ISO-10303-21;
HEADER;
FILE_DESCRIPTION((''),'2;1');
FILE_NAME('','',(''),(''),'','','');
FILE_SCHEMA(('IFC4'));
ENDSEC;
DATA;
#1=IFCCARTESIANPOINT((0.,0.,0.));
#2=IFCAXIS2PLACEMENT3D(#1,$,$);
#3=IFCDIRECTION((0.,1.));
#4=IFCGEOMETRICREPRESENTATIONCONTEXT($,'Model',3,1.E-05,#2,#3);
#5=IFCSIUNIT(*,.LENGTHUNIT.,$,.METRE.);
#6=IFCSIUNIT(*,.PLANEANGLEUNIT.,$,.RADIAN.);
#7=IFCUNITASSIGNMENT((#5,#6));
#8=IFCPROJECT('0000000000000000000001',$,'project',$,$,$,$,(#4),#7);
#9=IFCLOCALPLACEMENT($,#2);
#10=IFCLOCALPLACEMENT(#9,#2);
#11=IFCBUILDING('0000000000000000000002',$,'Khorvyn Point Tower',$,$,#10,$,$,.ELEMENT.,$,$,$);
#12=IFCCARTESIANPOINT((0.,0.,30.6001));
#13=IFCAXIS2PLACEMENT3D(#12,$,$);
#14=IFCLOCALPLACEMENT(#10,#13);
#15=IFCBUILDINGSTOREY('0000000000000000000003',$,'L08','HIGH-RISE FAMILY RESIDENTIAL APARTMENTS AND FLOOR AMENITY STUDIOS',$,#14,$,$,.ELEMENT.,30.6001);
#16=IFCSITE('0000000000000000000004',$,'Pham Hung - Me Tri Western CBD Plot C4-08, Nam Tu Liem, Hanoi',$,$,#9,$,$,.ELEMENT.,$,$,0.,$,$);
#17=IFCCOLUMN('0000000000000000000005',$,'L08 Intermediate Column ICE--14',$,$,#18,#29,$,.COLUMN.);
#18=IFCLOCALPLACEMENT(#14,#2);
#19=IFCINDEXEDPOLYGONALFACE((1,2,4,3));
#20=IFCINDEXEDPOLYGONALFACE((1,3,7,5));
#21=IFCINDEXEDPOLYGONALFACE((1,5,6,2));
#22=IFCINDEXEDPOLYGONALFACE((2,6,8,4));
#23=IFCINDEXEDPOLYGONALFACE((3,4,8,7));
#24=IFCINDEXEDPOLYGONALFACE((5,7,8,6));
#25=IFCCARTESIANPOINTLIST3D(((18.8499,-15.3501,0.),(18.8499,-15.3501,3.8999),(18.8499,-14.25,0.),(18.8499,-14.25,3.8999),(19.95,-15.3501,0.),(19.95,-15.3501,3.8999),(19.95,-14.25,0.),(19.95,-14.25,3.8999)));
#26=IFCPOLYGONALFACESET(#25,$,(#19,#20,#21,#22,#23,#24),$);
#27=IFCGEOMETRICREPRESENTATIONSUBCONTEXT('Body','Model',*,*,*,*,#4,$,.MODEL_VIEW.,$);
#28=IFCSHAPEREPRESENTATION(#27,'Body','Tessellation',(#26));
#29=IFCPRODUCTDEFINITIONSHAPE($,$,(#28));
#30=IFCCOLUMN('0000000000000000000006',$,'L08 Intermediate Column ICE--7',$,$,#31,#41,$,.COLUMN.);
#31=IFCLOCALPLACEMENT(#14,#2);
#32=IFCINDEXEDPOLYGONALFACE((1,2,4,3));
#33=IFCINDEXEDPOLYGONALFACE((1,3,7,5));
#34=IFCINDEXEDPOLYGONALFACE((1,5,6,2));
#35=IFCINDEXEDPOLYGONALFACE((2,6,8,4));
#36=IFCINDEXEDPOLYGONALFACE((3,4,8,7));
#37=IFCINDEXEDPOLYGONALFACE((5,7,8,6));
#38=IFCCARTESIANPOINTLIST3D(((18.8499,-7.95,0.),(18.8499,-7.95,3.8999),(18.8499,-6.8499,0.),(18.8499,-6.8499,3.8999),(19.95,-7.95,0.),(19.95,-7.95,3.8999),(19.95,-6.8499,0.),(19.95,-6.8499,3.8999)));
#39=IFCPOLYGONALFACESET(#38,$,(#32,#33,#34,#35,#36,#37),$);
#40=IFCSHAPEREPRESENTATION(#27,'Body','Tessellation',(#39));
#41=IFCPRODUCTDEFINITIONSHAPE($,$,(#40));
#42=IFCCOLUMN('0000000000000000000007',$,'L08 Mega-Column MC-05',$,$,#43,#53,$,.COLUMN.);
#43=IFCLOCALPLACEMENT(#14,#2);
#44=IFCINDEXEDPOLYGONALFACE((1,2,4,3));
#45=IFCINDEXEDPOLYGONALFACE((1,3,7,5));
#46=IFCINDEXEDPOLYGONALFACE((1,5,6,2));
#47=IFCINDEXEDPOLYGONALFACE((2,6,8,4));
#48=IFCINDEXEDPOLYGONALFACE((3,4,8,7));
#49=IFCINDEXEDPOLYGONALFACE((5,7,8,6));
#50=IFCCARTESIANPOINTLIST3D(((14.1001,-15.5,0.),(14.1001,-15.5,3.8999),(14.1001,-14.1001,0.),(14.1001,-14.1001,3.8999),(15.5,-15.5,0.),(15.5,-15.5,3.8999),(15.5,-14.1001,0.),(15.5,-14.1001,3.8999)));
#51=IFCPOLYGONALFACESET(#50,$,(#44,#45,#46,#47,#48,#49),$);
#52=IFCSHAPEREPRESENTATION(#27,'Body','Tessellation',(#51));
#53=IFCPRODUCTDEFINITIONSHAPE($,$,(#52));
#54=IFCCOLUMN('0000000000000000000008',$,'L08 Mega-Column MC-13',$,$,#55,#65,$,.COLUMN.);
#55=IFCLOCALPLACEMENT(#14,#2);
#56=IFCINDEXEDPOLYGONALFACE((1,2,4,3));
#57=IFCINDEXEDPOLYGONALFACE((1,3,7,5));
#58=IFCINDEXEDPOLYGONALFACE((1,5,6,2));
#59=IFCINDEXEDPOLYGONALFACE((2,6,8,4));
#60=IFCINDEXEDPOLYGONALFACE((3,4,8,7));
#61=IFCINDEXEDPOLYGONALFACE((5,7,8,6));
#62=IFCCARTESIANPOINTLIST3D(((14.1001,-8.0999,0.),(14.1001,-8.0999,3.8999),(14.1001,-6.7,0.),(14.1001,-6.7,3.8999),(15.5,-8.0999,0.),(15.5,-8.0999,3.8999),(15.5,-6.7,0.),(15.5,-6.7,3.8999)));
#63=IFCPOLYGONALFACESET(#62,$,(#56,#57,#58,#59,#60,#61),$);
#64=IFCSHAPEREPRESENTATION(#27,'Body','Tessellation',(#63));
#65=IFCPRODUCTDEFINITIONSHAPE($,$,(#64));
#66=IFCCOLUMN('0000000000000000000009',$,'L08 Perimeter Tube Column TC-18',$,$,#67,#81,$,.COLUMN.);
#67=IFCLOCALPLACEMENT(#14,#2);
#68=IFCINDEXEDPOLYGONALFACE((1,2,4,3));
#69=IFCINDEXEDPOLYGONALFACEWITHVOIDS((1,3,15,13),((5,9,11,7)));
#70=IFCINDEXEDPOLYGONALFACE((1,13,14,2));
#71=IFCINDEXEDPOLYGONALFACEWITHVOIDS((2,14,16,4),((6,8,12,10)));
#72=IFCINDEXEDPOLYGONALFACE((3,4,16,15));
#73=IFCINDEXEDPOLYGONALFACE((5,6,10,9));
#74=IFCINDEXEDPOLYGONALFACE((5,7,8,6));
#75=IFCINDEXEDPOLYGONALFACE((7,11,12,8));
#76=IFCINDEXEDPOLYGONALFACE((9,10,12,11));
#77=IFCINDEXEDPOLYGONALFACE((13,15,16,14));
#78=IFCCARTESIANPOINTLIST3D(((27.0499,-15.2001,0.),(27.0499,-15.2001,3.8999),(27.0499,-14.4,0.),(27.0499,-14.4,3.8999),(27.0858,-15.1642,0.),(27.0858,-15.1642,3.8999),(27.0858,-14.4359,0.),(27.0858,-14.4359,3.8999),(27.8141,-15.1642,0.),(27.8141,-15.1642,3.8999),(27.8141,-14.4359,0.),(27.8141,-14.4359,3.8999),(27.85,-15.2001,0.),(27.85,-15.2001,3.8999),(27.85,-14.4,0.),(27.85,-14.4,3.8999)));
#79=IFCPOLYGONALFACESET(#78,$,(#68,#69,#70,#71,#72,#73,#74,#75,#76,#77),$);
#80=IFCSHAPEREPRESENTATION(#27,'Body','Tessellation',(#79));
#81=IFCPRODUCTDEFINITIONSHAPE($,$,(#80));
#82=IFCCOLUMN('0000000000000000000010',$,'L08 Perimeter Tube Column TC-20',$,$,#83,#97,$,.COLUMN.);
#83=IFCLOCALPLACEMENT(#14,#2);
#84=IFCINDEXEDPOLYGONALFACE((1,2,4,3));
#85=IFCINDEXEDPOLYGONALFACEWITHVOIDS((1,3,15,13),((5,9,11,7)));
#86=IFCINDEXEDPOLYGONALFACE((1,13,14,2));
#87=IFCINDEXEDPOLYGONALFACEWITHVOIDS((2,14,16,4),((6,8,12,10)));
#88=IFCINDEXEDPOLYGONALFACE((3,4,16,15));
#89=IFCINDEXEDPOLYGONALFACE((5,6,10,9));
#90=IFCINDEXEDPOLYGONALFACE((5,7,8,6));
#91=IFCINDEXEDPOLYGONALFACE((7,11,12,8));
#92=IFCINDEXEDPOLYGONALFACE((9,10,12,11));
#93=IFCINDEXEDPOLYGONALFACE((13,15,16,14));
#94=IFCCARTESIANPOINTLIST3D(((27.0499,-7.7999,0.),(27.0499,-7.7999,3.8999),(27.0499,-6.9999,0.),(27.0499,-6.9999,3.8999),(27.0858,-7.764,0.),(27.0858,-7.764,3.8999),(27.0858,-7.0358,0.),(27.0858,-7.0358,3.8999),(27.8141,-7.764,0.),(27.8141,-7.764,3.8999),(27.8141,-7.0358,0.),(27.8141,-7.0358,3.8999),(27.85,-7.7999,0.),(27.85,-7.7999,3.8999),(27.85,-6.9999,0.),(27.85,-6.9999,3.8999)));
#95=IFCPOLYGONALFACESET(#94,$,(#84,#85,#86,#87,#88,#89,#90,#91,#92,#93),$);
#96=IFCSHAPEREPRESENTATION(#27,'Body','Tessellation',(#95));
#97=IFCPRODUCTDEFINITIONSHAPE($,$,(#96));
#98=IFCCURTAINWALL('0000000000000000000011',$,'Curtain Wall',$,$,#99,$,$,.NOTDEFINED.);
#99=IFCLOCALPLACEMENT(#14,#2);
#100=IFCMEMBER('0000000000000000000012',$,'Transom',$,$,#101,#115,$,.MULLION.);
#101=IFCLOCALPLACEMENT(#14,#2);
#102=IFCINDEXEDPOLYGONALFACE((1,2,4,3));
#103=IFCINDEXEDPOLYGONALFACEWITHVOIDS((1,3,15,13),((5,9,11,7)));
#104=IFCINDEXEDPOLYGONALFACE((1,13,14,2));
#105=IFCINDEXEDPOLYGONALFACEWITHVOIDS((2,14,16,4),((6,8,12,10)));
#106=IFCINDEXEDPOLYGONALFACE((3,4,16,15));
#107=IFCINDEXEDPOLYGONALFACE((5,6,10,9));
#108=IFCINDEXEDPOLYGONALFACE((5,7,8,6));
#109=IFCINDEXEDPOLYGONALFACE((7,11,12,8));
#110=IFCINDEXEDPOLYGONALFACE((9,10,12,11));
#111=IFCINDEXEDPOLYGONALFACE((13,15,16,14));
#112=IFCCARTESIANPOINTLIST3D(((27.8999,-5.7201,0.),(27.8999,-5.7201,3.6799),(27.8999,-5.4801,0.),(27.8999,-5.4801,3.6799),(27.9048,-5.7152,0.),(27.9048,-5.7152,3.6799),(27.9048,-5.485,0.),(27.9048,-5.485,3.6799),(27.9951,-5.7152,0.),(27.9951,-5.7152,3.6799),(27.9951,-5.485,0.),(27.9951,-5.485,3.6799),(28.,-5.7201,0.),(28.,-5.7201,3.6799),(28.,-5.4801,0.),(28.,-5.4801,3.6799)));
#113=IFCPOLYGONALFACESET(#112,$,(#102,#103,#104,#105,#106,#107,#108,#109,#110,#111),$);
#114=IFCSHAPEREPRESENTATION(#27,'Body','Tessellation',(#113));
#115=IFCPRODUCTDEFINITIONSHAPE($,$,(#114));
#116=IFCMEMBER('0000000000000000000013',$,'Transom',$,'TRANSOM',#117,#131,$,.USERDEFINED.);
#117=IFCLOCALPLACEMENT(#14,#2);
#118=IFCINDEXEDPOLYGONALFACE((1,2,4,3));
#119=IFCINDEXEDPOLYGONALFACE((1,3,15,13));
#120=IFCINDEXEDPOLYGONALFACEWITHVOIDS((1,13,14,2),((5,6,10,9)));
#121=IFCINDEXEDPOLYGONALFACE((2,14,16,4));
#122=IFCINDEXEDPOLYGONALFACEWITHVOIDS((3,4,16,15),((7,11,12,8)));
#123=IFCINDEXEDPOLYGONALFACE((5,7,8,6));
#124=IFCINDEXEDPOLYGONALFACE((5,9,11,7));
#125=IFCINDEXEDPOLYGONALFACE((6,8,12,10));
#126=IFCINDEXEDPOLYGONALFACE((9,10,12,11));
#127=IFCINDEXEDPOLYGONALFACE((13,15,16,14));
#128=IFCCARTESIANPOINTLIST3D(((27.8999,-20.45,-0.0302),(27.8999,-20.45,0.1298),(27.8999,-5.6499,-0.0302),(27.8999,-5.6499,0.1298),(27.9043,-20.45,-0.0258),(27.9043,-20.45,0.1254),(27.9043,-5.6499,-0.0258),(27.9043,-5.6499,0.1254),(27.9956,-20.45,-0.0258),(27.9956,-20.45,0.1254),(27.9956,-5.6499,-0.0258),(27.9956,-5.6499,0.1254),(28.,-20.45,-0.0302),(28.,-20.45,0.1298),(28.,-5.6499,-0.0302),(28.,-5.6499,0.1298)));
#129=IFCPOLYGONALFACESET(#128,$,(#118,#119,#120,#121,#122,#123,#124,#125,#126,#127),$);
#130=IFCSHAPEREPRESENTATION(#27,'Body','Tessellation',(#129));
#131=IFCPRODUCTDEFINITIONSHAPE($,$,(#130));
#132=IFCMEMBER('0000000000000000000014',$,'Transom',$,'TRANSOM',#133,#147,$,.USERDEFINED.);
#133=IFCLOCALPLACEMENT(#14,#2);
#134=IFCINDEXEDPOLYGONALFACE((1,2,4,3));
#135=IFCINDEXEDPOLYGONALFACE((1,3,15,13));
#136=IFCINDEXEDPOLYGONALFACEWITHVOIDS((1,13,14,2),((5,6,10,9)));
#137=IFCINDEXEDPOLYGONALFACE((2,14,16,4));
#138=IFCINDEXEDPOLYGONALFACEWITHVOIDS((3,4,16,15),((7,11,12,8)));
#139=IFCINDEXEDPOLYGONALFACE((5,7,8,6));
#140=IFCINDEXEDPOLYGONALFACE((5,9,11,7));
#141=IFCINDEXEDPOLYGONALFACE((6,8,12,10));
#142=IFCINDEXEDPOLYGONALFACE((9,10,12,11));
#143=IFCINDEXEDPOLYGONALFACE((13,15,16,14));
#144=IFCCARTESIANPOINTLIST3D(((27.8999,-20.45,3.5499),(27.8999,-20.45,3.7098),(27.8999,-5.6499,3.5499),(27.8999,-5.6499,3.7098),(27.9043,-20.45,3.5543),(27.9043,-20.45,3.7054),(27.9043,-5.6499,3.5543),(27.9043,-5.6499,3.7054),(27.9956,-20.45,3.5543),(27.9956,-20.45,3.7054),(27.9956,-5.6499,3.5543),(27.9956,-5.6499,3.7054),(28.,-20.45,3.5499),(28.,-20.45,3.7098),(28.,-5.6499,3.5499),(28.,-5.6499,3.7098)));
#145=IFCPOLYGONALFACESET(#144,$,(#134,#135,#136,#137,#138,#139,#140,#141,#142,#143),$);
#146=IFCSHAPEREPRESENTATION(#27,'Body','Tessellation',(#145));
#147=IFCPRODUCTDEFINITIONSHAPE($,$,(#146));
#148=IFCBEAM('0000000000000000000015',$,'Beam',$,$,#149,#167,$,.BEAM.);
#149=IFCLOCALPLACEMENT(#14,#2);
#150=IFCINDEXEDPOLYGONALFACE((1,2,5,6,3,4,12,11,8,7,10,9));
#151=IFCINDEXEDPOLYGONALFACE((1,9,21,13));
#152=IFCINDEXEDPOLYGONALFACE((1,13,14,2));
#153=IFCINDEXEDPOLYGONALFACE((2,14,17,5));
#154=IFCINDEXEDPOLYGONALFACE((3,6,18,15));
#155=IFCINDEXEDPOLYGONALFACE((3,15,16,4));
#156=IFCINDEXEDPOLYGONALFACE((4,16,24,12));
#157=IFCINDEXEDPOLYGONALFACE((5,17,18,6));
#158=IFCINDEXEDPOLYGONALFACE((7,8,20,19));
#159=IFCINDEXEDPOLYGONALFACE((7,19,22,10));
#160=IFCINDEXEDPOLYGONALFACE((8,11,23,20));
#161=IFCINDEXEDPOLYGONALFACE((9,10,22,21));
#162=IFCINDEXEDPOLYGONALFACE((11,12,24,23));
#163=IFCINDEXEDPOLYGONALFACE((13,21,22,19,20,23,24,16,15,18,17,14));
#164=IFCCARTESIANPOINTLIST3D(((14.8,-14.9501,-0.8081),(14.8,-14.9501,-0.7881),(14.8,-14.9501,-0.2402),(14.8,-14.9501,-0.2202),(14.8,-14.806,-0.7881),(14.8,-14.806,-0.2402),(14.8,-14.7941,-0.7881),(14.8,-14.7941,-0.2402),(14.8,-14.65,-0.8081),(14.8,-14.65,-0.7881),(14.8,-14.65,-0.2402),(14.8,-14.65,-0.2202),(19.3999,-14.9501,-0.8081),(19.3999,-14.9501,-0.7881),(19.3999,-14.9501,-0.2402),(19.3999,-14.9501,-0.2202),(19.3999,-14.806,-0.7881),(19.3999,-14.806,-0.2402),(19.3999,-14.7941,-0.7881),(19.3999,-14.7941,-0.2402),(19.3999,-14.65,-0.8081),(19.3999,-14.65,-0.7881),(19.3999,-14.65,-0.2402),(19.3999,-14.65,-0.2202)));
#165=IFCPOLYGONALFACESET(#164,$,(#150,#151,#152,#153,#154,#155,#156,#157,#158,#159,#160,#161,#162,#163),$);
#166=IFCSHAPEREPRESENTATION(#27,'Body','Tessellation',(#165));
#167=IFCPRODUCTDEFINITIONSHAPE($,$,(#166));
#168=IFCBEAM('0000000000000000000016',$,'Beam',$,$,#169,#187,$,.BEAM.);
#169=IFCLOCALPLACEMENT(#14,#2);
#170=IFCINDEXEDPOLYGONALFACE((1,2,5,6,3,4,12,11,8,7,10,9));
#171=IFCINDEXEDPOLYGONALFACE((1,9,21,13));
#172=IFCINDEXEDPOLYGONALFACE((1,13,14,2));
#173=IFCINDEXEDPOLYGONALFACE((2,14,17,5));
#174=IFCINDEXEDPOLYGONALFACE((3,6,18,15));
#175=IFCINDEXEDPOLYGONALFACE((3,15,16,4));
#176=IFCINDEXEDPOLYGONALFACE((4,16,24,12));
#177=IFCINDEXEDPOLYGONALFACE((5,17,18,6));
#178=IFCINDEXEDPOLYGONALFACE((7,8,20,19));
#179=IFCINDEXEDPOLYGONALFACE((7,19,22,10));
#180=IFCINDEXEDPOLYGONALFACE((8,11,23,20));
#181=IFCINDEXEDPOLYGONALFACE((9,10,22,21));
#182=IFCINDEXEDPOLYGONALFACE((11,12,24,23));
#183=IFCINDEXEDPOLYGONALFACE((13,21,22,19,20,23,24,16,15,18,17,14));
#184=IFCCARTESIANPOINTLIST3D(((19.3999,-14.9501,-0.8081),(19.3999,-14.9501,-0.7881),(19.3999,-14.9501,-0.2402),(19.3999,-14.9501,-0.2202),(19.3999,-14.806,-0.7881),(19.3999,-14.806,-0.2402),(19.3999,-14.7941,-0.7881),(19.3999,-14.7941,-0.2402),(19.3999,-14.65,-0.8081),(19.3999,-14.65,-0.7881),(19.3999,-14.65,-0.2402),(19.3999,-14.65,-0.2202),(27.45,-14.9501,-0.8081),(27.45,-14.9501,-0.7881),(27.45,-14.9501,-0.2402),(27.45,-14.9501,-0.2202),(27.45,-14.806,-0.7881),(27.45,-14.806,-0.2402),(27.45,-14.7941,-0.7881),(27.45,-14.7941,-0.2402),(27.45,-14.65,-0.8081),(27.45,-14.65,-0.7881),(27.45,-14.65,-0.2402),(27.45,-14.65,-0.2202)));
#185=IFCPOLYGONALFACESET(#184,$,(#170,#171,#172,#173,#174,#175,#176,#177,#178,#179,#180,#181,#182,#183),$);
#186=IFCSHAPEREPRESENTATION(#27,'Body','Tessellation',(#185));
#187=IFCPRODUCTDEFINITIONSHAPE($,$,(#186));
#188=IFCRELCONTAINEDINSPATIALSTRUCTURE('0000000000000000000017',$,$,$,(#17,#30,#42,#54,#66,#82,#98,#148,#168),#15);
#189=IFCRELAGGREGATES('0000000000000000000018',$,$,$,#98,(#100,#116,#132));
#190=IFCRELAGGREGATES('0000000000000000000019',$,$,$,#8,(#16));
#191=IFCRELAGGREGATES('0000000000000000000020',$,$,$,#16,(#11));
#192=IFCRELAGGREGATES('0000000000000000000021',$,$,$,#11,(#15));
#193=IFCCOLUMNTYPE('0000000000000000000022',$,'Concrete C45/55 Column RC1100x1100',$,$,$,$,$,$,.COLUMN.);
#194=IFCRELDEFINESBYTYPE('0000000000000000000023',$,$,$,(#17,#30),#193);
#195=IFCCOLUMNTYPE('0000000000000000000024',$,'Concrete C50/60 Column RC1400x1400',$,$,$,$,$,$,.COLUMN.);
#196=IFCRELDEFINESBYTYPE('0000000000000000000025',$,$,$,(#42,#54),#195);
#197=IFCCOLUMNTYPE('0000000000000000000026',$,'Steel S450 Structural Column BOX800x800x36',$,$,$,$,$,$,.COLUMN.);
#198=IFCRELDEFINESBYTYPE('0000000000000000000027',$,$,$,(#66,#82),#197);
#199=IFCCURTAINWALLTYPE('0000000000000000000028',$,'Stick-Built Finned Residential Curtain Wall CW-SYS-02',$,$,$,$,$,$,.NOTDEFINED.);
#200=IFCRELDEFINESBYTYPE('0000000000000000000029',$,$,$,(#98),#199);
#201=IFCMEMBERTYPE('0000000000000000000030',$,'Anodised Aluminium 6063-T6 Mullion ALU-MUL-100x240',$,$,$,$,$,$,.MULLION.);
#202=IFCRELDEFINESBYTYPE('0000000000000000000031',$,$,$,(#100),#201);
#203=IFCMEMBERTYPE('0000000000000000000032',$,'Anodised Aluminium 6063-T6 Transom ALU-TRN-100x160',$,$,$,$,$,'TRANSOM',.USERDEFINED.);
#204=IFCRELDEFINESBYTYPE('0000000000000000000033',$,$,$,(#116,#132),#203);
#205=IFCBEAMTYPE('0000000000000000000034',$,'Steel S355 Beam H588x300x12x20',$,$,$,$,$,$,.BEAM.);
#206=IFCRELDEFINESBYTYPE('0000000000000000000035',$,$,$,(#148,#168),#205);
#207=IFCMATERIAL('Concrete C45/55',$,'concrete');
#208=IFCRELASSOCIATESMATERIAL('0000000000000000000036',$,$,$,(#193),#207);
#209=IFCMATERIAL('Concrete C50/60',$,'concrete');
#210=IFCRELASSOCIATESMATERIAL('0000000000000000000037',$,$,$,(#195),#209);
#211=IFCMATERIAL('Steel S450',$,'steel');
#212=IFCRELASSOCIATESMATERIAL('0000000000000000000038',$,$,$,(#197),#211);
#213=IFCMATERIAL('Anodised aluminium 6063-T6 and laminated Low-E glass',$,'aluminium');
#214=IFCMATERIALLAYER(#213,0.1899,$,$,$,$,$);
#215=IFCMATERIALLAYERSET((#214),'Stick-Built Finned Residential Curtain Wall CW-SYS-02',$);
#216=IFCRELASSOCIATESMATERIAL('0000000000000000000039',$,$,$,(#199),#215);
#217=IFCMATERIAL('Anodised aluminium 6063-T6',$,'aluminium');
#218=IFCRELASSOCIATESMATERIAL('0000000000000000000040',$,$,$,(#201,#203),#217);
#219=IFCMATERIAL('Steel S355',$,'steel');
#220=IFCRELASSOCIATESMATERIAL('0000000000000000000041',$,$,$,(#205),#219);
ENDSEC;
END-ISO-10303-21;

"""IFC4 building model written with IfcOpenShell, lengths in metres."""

from ifc_helpers import new_model, si_unit, direction, frame, origin, origin_2d, place, context, subcontext, project, spatial, rectangle, hollow_rectangle, i_section, extrude, material, layer, layer_set, material_profile, profile_set, type_object, element, aggregate, save


model = new_model("IFC4")

# Units and contexts
model_context = context("Model", 3, precision=1e-05, world=origin(), true_north=direction((0.0, 1.0)))
body_context = subcontext(model_context, "Body", "Model", "MODEL_VIEW")
ifc_project = project(units=[si_unit("LENGTHUNIT", "METRE"), si_unit("PLANEANGLEUNIT", "RADIAN")], contexts=[model_context])

# Site, building, storey
site_placement = place(None, origin())
site = spatial("IfcSite", under=ifc_project, at=site_placement, Name="Pham Hung - Me Tri Western CBD Plot C4-08, Nam Tu Liem, Hanoi", CompositionType="ELEMENT", RefElevation=0.0)
building_placement = place(site_placement, origin())
building = spatial("IfcBuilding", under=site, at=building_placement, Name="Khorvyn Point Tower", CompositionType="ELEMENT")
storey_placement = place(building_placement, frame((0.0, 0.0, 30.6001)))
storey = spatial("IfcBuildingStorey", under=building, at=storey_placement, Name="L08", Description="HIGH-RISE FAMILY RESIDENTIAL APARTMENTS AND FLOOR AMENITY STUDIOS", CompositionType="ELEMENT", Elevation=30.6001)

# Columns
ifc_material_1 = material(Name="Concrete C45/55", Category="concrete")
ifc_material_profile_1 = material_profile(ifc_material_1, rectangle(XDim=1.1001, YDim=1.1001, at=origin_2d()))
ifc_profile_set_1 = profile_set([ifc_material_profile_1], Name="Concrete C45/55 RC1100x1100")
column_type_1 = type_object("IfcColumnType", Name="Concrete C45/55 Column RC1100x1100", PredefinedType="COLUMN", material=ifc_profile_set_1)
for number, where, z_axis, x_axis, name in (
    (1, (19.3999, -14.8, 0.0), (0.0, 0.0, 1.0), (1.0, 0.0, 0.0), "L08 Intermediate Column ICE--14"),
    (2, (19.3999, -7.3999, 0.0), (0.0, 0.0, 1.0), (1.0, 0.0, 0.0), "L08 Intermediate Column ICE--7"),
):
    element("IfcColumn", number, at=place(storey_placement, frame(where, z_axis=z_axis, x_axis=x_axis)), inside=storey, type_object=column_type_1, Name=name, PredefinedType="COLUMN", context=body_context, shape_type="SweptSolid", body=[
        extrude(rectangle(XDim=1.1001, YDim=1.1001, at=origin_2d()), origin(), (0.0, 0.0, 1.0), 3.8999),
    ])
ifc_material_2 = material(Name="Concrete C50/60", Category="concrete")
ifc_material_profile_2 = material_profile(ifc_material_2, rectangle(XDim=1.3999, YDim=1.3999, at=origin_2d()))
ifc_profile_set_2 = profile_set([ifc_material_profile_2], Name="Concrete C50/60 RC1400x1400")
column_type_2 = type_object("IfcColumnType", Name="Concrete C50/60 Column RC1400x1400", PredefinedType="COLUMN", material=ifc_profile_set_2)
for number, where, z_axis, x_axis, name in (
    (3, (14.8, -14.8, 0.0), (0.0, 0.0, 1.0), (1.0, 0.0, 0.0), "L08 Mega-Column MC-05"),
    (4, (14.8, -7.3999, 0.0), (0.0, 0.0, 1.0), (1.0, 0.0, 0.0), "L08 Mega-Column MC-13"),
):
    element("IfcColumn", number, at=place(storey_placement, frame(where, z_axis=z_axis, x_axis=x_axis)), inside=storey, type_object=column_type_2, Name=name, PredefinedType="COLUMN", context=body_context, shape_type="SweptSolid", body=[
        extrude(rectangle(XDim=1.3999, YDim=1.3999, at=origin_2d()), origin(), (0.0, 0.0, 1.0), 3.8999),
    ])
ifc_material_3 = material(Name="Steel S450", Category="steel")
ifc_material_profile_3 = material_profile(ifc_material_3, hollow_rectangle(XDim=0.8, YDim=0.8, WallThickness=0.0359, at=origin_2d()))
ifc_profile_set_3 = profile_set([ifc_material_profile_3], Name="Steel S450 BOX800x800x36")
column_type_3 = type_object("IfcColumnType", Name="Steel S450 Structural Column BOX800x800x36", PredefinedType="COLUMN", material=ifc_profile_set_3)
for number, where, z_axis, x_axis, name in (
    (5, (27.45, -14.8, 0.0), (0.0, 0.0, 1.0), (1.0, 0.0, 0.0), "L08 Perimeter Tube Column TC-18"),
    (6, (27.45, -7.3999, 0.0), (0.0, 0.0, 1.0), (1.0, 0.0, 0.0), "L08 Perimeter Tube Column TC-20"),
):
    element("IfcColumn", number, at=place(storey_placement, frame(where, z_axis=z_axis, x_axis=x_axis)), inside=storey, type_object=column_type_3, Name=name, PredefinedType="COLUMN", context=body_context, shape_type="SweptSolid", body=[
        extrude(hollow_rectangle(XDim=0.8, YDim=0.8, WallThickness=0.0359, at=origin_2d()), origin(), (0.0, 0.0, 1.0), 3.8999),
    ])

# Curtain wall, members
ifc_material_4 = material(Name="Anodised aluminium 6063-T6 and laminated Low-E glass", Category="aluminium")
ifc_layer_1 = layer(ifc_material_4, 0.1899)
ifc_layer_set_1 = layer_set([ifc_layer_1], Name="Stick-Built Finned Residential Curtain Wall CW-SYS-02")
curtain_wall_type = type_object("IfcCurtainWallType", Name="Stick-Built Finned Residential Curtain Wall CW-SYS-02", PredefinedType="NOTDEFINED", material=ifc_layer_set_1)
curtain_wall_placement = place(storey_placement, origin())
curtain_wall = element("IfcCurtainWall", 7, at=curtain_wall_placement, inside=storey, type_object=curtain_wall_type, Name="Curtain Wall", PredefinedType="NOTDEFINED")
ifc_material_5 = material(Name="Anodised aluminium 6063-T6", Category="aluminium")
ifc_material_profile_4 = material_profile(ifc_material_5, hollow_rectangle(XDim=0.1001, YDim=0.24, WallThickness=0.0049, at=origin_2d()))
ifc_profile_set_4 = profile_set([ifc_material_profile_4], Name="Anodised aluminium 6063-T6 ALU-MUL-100x240")
member_type_1 = type_object("IfcMemberType", Name="Anodised Aluminium 6063-T6 Mullion ALU-MUL-100x240", PredefinedType="MULLION", material=ifc_profile_set_4)
member_1_placement = place(storey_placement, frame((27.95, -5.6001, 0.0), z_axis=(0.0, 0.0, 1.0), x_axis=(1.0, 0.0, 0.0)))
member_1 = element("IfcMember", 8, at=member_1_placement, type_object=member_type_1, Name="Transom", PredefinedType="MULLION", context=body_context, shape_type="SweptSolid", body=[
    extrude(hollow_rectangle(XDim=0.1001, YDim=0.24, WallThickness=0.0049, at=origin_2d()), origin(), (0.0, 0.0, 1.0), 3.6799),
])
ifc_material_profile_5 = material_profile(ifc_material_5, hollow_rectangle(XDim=0.1001, YDim=0.1599, WallThickness=0.0044, at=origin_2d()))
ifc_profile_set_5 = profile_set([ifc_material_profile_5], Name="Anodised aluminium 6063-T6 ALU-TRN-100x160")
member_type_2 = type_object("IfcMemberType", Name="Anodised Aluminium 6063-T6 Transom ALU-TRN-100x160", ElementType="TRANSOM", PredefinedType="USERDEFINED", material=ifc_profile_set_5)
member_2_placement = place(storey_placement, frame((27.95, -5.6499, 0.0498), z_axis=(0.0, -1.0, 0.0), x_axis=(1.0, 0.0, 0.0)))
member_2 = element("IfcMember", 9, at=member_2_placement, type_object=member_type_2, Name="Transom", ObjectType="TRANSOM", PredefinedType="USERDEFINED", context=body_context, shape_type="SweptSolid", body=[
    extrude(hollow_rectangle(XDim=0.1001, YDim=0.1599, WallThickness=0.0044, at=origin_2d()), origin(), (0.0, 0.0, 1.0), 14.8),
])
member_3_placement = place(storey_placement, frame((27.95, -5.6499, 3.6299), z_axis=(0.0, -1.0, 0.0), x_axis=(1.0, 0.0, 0.0)))
member_3 = element("IfcMember", 10, at=member_3_placement, type_object=member_type_2, Name="Transom", ObjectType="TRANSOM", PredefinedType="USERDEFINED", context=body_context, shape_type="SweptSolid", body=[
    extrude(hollow_rectangle(XDim=0.1001, YDim=0.1599, WallThickness=0.0044, at=origin_2d()), origin(), (0.0, 0.0, 1.0), 14.8),
])

# Beams
ifc_material_6 = material(Name="Steel S355", Category="steel")
ifc_material_profile_6 = material_profile(ifc_material_6, i_section(OverallWidth=0.3, OverallDepth=0.5879, WebThickness=0.012, FlangeThickness=0.02, at=origin_2d()))
ifc_profile_set_6 = profile_set([ifc_material_profile_6], Name="Steel S355 H588x300x12x20")
beam_type_1 = type_object("IfcBeamType", Name="Steel S355 Beam H588x300x12x20", PredefinedType="BEAM", material=ifc_profile_set_6)
beam_1_placement = place(storey_placement, frame((14.8, -14.8, -0.5142), z_axis=(1.0, 0.0, 0.0), x_axis=(0.0, 1.0, 0.0)))
element("IfcBeam", 11, at=beam_1_placement, inside=storey, type_object=beam_type_1, Name="Beam", PredefinedType="BEAM", context=body_context, shape_type="SweptSolid", body=[
    extrude(i_section(OverallWidth=0.3, OverallDepth=0.5879, WebThickness=0.012, FlangeThickness=0.02, at=origin_2d()), origin(), (0.0, 0.0, 1.0), 4.5999),
])
beam_2_placement = place(storey_placement, frame((19.3999, -14.8, -0.5142), z_axis=(1.0, 0.0, 0.0), x_axis=(0.0, 1.0, 0.0)))
element("IfcBeam", 12, at=beam_2_placement, inside=storey, type_object=beam_type_1, Name="Beam", PredefinedType="BEAM", context=body_context, shape_type="SweptSolid", body=[
    extrude(i_section(OverallWidth=0.3, OverallDepth=0.5879, WebThickness=0.012, FlangeThickness=0.02, at=origin_2d()), origin(), (0.0, 0.0, 1.0), 8.05),
])

aggregate(curtain_wall, [member_1, member_2, member_3])

save(model, "model.ifc")
